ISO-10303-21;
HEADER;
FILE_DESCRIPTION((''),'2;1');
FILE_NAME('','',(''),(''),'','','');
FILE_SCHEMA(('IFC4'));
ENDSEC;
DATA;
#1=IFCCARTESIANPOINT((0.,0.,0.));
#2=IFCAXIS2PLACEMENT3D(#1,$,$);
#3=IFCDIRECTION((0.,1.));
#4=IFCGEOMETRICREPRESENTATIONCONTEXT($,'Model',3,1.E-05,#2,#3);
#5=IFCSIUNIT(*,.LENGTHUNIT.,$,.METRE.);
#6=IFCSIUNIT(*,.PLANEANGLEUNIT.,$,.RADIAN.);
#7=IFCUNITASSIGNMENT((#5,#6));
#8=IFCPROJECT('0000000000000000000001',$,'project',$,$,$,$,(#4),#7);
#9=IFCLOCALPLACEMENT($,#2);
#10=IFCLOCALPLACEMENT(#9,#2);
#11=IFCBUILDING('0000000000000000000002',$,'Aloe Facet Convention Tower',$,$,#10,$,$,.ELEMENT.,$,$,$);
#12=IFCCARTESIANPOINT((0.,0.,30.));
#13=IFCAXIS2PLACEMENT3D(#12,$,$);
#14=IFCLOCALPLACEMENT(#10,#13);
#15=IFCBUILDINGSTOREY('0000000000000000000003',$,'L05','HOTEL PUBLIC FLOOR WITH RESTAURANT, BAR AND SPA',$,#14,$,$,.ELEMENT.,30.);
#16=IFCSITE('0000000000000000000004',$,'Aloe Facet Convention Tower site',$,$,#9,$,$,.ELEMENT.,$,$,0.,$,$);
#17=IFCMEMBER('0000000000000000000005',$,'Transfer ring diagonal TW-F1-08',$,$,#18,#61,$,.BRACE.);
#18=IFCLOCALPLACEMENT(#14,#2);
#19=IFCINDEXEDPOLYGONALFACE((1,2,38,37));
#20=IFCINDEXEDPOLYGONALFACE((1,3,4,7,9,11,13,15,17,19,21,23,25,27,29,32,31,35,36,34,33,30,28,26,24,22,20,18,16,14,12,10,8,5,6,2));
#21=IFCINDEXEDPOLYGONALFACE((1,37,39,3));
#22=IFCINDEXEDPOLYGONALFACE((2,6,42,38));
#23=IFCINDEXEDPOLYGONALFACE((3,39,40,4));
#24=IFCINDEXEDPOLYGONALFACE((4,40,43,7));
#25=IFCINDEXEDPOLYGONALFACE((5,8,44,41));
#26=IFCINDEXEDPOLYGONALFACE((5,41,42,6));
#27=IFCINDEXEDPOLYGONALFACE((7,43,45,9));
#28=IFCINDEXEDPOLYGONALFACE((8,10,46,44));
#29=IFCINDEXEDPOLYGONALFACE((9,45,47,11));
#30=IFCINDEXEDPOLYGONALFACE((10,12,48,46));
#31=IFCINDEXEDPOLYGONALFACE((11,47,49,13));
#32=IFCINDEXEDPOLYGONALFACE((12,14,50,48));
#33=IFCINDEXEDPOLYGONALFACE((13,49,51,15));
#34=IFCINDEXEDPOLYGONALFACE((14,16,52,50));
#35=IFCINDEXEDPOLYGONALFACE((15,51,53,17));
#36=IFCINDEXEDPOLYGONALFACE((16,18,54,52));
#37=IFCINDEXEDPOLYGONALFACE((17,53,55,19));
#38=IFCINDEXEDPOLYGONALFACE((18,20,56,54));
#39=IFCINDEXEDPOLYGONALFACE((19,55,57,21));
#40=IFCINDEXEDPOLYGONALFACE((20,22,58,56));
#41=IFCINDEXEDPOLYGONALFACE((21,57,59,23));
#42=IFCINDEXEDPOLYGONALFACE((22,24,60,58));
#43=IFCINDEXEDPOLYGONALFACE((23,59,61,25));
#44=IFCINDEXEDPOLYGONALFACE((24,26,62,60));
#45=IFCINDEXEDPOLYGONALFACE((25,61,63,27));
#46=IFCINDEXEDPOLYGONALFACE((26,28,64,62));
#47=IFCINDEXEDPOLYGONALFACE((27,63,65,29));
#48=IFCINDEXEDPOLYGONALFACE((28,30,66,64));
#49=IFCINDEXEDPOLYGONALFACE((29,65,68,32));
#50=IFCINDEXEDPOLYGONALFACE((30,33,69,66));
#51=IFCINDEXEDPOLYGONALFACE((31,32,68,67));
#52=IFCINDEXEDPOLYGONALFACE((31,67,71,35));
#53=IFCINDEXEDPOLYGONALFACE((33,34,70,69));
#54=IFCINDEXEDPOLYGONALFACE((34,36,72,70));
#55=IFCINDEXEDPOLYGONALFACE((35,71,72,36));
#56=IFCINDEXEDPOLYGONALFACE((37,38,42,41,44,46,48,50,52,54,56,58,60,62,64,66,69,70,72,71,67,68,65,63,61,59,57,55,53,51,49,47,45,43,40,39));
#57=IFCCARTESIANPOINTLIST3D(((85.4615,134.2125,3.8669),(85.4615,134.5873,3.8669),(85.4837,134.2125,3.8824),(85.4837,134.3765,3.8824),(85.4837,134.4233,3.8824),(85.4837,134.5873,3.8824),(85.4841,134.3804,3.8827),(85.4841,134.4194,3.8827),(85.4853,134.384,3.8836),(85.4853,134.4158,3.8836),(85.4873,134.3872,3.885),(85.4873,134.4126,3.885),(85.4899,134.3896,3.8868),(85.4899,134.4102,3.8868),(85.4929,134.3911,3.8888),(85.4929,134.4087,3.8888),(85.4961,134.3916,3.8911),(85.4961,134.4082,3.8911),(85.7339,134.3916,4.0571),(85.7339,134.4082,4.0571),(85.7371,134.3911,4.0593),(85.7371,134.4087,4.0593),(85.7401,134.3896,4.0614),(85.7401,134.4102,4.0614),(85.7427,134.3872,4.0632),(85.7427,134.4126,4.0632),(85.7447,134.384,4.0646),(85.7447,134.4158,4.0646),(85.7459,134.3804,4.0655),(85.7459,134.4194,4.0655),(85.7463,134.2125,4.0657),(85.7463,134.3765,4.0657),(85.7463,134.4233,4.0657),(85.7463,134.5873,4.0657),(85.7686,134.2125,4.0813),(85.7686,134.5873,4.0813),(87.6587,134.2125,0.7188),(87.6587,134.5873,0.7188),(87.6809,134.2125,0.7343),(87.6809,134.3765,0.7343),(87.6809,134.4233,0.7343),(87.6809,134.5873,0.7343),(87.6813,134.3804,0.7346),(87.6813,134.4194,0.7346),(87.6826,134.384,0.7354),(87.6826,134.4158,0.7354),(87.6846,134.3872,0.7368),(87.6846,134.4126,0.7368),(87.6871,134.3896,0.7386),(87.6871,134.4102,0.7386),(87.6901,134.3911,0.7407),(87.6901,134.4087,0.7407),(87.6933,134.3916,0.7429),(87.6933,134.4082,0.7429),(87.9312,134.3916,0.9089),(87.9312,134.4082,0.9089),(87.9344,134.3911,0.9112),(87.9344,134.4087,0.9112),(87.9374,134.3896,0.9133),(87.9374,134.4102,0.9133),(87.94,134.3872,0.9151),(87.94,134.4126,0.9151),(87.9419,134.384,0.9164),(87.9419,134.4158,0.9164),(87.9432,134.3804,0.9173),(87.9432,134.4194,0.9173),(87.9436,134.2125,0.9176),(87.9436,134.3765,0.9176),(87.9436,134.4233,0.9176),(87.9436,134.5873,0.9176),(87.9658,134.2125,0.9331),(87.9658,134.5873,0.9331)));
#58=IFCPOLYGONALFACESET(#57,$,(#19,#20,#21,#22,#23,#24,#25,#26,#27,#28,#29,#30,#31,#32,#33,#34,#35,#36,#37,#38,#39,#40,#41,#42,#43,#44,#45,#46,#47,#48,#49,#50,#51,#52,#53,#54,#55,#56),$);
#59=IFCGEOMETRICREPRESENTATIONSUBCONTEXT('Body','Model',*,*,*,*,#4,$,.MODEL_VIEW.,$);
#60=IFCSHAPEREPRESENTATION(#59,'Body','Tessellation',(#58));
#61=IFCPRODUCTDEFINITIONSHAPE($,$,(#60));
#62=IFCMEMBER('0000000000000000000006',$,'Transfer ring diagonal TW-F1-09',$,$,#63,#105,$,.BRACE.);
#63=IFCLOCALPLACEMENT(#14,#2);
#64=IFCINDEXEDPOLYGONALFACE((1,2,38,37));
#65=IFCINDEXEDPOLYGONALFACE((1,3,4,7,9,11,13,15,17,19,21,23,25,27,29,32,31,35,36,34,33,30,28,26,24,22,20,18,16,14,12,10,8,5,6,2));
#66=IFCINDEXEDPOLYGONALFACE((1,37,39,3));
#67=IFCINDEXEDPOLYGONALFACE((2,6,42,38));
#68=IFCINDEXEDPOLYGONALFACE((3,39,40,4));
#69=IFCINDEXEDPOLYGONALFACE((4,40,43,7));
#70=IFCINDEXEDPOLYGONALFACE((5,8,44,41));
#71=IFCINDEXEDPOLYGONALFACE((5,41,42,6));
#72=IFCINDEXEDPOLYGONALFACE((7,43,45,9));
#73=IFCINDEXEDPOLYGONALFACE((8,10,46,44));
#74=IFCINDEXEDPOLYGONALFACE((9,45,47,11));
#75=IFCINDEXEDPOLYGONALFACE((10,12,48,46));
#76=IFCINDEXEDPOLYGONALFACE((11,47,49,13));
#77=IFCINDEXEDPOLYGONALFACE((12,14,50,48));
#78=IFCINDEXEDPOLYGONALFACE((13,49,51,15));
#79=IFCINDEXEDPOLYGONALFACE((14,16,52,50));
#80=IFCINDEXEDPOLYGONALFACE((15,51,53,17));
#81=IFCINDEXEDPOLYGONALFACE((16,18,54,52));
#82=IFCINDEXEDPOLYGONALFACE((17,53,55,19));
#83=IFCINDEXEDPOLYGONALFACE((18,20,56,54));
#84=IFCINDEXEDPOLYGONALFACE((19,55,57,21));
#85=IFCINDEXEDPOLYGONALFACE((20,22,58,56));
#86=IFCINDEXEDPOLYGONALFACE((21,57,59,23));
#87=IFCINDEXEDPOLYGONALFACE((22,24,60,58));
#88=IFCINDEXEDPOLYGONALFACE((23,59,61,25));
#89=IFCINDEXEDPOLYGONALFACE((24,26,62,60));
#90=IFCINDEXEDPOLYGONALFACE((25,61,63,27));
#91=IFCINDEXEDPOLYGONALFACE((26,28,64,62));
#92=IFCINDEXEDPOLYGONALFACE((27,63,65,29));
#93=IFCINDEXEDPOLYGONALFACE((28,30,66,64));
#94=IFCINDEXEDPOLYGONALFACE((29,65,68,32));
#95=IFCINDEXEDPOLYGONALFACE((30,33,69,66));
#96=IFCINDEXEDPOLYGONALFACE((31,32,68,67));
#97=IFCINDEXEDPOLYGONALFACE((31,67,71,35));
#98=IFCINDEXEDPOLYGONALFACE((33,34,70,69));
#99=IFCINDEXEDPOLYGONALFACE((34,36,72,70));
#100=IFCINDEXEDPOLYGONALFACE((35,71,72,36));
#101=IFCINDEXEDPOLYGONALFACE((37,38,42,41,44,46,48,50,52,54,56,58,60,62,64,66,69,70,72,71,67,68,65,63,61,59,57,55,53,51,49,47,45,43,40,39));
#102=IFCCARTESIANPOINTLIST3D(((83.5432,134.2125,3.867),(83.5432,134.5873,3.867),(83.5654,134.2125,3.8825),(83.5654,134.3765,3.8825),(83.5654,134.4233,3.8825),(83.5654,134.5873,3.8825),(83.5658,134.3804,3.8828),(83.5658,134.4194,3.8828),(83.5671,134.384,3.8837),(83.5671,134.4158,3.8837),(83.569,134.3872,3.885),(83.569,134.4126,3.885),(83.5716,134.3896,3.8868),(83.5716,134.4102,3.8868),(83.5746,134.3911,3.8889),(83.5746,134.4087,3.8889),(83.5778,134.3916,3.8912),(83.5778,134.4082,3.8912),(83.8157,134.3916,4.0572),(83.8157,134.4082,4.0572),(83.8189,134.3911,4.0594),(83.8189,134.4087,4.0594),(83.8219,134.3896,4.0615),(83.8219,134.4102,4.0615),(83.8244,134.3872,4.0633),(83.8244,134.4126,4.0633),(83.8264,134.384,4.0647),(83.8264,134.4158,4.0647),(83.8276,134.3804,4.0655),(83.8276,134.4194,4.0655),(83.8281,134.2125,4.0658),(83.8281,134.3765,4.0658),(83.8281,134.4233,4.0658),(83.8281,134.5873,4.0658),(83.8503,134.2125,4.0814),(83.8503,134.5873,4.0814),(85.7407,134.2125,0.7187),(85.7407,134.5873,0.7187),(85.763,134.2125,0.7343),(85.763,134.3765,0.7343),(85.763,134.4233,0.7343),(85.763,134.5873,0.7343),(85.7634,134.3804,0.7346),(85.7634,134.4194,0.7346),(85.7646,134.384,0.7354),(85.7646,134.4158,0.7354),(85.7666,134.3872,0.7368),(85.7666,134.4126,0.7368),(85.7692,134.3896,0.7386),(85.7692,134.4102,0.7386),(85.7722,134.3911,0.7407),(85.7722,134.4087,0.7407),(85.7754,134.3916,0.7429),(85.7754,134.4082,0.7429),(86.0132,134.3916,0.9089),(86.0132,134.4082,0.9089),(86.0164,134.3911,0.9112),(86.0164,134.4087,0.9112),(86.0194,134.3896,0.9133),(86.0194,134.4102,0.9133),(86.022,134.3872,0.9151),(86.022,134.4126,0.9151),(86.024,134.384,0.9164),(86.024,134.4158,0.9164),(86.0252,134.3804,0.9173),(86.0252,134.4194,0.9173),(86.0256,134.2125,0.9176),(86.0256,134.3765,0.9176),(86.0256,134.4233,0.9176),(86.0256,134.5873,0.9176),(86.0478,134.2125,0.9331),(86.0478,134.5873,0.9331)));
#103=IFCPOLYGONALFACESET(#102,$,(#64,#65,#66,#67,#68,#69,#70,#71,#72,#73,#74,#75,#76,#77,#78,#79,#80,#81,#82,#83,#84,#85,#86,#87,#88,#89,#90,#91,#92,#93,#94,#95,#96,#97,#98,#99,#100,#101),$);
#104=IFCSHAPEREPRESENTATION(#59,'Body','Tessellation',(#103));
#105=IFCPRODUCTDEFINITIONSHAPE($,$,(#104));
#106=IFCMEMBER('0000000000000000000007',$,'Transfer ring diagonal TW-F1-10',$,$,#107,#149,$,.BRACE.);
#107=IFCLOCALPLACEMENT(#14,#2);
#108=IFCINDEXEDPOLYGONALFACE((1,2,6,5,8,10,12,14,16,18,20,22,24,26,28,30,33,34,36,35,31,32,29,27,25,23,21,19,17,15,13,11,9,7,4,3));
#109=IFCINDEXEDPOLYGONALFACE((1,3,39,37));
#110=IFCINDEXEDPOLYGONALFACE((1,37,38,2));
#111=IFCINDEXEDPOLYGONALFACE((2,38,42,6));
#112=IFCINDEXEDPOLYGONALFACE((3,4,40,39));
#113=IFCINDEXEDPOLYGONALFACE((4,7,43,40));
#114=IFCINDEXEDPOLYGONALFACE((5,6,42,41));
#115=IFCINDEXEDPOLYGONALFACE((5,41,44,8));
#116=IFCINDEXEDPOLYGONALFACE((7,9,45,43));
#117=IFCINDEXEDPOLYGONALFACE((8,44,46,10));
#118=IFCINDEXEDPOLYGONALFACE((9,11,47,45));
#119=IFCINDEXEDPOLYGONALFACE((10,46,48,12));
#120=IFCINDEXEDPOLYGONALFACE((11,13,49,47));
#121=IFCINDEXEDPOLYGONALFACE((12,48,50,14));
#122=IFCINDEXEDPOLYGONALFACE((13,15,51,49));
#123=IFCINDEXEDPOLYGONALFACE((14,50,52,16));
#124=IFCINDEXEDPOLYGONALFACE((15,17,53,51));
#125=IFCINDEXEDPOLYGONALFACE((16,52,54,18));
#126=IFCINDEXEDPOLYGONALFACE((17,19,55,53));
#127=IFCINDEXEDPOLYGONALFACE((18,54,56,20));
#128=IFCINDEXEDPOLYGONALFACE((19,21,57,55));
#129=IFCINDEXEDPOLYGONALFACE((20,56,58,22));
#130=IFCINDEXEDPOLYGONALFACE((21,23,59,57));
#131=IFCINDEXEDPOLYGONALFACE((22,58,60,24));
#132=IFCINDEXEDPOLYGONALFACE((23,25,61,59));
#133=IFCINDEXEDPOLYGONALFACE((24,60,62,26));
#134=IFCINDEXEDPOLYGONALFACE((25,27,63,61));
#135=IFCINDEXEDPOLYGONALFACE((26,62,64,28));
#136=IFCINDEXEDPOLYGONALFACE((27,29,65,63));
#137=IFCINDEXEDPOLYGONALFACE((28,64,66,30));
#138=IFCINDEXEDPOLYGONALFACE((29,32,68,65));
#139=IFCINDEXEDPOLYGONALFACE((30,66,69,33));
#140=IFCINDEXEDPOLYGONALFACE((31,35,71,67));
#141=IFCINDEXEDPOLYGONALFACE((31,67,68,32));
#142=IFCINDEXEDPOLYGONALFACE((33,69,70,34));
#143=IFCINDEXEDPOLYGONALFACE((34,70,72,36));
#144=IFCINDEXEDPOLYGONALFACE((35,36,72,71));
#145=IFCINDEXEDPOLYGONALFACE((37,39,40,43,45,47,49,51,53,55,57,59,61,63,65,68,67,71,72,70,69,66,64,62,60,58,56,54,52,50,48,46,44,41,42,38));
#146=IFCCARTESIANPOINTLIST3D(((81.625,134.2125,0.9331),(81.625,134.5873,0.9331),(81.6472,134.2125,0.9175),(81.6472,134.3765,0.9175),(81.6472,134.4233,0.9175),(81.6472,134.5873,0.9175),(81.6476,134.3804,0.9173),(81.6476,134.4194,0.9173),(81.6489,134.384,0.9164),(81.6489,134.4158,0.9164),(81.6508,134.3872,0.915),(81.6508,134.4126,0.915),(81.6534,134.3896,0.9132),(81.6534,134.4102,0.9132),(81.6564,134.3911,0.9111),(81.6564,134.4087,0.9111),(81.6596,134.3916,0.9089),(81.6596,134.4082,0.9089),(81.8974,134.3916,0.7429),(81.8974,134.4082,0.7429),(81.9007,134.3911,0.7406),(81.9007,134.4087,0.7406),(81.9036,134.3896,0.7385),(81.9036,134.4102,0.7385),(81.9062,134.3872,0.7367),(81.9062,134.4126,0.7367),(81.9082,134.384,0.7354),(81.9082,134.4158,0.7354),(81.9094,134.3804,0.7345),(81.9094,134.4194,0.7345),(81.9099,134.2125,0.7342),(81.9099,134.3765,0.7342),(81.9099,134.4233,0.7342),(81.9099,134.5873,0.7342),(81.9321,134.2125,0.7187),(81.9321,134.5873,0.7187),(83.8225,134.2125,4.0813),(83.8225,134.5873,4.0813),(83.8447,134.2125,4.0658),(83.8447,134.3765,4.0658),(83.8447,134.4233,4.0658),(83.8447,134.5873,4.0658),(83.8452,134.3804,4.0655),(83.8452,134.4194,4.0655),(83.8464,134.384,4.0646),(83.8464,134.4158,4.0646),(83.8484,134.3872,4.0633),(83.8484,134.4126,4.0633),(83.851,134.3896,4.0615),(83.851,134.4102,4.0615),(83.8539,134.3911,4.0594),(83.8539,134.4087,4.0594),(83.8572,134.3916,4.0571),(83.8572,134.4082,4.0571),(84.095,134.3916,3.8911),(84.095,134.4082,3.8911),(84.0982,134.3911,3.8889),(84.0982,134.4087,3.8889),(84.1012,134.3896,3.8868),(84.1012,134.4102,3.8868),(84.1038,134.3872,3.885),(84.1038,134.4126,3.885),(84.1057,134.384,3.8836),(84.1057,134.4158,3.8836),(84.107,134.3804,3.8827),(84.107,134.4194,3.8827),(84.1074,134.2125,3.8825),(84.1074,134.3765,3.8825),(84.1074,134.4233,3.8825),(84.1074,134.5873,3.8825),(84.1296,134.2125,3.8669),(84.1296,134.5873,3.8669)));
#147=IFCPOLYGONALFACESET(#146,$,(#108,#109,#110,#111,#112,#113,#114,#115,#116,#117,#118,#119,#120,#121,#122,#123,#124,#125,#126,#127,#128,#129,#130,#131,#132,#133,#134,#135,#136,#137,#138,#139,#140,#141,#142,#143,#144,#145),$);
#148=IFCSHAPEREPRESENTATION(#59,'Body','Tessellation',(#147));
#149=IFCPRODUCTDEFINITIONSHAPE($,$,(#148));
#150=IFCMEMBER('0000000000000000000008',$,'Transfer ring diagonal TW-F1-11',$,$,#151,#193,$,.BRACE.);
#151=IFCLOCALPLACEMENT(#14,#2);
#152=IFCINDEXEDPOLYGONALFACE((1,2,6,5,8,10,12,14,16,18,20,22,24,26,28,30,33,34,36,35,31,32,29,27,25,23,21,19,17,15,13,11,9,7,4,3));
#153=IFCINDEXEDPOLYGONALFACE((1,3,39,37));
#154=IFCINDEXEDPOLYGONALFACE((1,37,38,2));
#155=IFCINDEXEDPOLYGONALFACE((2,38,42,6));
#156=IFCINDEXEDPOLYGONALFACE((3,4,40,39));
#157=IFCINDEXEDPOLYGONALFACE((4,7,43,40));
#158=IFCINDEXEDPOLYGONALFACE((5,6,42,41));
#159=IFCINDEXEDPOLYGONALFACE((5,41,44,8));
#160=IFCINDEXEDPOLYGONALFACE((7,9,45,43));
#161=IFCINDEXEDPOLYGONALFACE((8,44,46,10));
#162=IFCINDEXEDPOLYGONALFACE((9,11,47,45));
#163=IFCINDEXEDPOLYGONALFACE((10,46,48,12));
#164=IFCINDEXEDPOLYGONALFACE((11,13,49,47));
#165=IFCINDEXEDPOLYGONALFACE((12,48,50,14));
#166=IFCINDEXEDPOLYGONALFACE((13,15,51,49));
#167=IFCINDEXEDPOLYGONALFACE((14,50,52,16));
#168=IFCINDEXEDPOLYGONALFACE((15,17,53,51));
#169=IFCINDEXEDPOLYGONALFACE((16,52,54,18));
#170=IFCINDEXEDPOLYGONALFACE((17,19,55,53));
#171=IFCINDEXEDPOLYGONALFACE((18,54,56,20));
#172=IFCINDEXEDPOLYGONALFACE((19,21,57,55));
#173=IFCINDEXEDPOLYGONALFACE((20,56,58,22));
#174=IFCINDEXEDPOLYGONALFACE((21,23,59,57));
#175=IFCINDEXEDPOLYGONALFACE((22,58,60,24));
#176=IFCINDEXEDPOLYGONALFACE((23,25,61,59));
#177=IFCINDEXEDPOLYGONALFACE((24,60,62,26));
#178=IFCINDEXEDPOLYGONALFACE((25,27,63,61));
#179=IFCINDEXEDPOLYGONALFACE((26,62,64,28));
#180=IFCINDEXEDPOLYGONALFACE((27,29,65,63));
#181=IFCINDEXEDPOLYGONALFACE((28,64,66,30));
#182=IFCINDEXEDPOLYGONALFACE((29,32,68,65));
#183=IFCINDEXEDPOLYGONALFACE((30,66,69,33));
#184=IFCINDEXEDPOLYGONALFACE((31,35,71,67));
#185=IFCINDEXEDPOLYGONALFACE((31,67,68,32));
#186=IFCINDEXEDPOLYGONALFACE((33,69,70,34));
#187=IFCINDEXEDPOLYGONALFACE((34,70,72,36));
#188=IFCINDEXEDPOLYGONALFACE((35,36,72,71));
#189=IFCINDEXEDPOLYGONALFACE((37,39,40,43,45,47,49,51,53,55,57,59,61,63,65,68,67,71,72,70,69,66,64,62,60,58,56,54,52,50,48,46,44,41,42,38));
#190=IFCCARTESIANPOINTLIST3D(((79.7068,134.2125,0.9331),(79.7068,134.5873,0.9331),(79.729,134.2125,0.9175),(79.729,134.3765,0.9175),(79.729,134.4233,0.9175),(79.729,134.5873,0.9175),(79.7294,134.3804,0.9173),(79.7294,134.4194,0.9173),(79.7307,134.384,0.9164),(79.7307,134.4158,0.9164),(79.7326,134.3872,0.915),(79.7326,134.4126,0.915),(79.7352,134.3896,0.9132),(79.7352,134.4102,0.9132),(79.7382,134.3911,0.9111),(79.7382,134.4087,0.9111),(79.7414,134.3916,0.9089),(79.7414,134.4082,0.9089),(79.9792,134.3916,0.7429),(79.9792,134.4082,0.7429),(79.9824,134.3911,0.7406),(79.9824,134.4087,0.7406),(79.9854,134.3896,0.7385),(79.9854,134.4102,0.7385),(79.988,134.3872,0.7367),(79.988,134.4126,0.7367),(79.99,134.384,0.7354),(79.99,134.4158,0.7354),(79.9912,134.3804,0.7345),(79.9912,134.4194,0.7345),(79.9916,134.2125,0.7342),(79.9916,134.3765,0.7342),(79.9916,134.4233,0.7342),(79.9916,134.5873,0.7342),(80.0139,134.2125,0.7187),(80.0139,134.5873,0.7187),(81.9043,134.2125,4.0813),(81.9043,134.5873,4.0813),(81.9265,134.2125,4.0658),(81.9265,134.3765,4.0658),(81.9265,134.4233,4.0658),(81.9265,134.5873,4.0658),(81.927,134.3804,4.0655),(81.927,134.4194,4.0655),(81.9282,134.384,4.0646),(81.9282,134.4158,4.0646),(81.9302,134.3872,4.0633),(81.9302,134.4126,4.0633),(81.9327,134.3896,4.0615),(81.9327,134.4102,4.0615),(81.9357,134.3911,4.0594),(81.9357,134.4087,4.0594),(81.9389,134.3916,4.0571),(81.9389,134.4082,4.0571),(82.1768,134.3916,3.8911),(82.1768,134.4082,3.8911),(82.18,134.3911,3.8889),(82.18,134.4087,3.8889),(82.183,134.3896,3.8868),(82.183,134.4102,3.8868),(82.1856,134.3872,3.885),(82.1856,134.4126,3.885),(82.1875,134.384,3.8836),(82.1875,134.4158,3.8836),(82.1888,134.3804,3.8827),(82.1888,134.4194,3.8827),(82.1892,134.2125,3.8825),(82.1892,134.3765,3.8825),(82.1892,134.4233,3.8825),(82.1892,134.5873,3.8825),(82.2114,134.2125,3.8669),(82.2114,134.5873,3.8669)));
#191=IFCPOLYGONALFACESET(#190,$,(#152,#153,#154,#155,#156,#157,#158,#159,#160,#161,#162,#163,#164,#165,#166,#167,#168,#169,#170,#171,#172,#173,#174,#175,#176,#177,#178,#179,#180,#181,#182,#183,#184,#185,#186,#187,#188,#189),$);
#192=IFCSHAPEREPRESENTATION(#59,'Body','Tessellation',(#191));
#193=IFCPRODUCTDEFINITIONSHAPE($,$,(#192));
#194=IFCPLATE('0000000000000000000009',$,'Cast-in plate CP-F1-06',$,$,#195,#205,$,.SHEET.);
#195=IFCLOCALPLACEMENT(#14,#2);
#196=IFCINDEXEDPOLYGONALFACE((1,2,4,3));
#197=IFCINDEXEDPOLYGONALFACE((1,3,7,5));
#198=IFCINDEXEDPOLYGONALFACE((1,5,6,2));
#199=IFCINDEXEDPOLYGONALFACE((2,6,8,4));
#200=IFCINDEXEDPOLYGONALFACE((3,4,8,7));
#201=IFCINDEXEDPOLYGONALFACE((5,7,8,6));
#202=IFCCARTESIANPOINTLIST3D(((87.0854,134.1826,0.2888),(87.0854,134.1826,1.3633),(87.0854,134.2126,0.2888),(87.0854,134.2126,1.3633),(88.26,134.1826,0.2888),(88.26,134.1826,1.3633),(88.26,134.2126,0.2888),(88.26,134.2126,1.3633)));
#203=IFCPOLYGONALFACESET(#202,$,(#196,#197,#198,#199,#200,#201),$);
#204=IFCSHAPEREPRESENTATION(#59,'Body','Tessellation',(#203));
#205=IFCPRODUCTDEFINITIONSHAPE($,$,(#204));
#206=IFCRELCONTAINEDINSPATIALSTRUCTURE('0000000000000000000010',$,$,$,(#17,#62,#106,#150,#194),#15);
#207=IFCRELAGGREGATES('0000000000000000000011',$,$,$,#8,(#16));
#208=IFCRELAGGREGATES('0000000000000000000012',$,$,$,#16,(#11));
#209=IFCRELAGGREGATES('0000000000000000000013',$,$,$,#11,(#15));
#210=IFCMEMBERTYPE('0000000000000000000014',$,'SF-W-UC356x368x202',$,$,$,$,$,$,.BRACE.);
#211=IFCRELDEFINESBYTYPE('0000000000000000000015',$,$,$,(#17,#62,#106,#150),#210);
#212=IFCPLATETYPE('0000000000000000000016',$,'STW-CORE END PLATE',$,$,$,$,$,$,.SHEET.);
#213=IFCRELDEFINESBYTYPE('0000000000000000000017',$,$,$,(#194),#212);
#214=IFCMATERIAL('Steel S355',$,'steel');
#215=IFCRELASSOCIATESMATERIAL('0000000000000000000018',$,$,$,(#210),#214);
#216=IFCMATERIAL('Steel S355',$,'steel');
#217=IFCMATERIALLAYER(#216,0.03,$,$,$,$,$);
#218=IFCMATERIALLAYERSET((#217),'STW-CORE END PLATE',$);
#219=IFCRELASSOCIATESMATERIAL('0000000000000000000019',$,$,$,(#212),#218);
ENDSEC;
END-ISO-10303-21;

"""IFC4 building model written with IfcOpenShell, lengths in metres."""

from ifc_helpers import new_model, si_unit, direction, frame, origin, origin_2d, place, context, subcontext, project, spatial, polyline, i_section, outline, extrude, material, layer, layer_set, material_profile, profile_set, type_object, element, save


model = new_model("IFC4")

# Units and contexts
model_context = context("Model", 3, precision=1e-05, world=origin(), true_north=direction((0.0, 1.0)))
body_context = subcontext(model_context, "Body", "Model", "MODEL_VIEW")
ifc_project = project(units=[si_unit("LENGTHUNIT", "METRE"), si_unit("PLANEANGLEUNIT", "RADIAN")], contexts=[model_context])

# Site, building, storey
site_placement = place(None, origin())
site = spatial("IfcSite", under=ifc_project, at=site_placement, Name="Aloe Facet Convention Tower site", CompositionType="ELEMENT", RefElevation=0.0)
building_placement = place(site_placement, origin())
building = spatial("IfcBuilding", under=site, at=building_placement, Name="Aloe Facet Convention Tower", CompositionType="ELEMENT")
storey_placement = place(building_placement, frame((0.0, 0.0, 30.0)))
storey = spatial("IfcBuildingStorey", under=building, at=storey_placement, Name="L05", Description="HOTEL PUBLIC FLOOR WITH RESTAURANT, BAR AND SPA", CompositionType="ELEMENT", Elevation=30.0)

# Members
ifc_material_1 = material(Name="Steel S355", Category="steel")
ifc_material_profile = material_profile(ifc_material_1, i_section(OverallWidth=0.3748, OverallDepth=0.3745, WebThickness=0.0166, FlangeThickness=0.0271, FilletRadius=0.0151, at=origin_2d()), Name="UC 356x368x202")
ifc_profile_set = profile_set([ifc_material_profile], Name="Steel S355")
member_type = type_object("IfcMemberType", Name="SF-W-UC356x368x202", PredefinedType="BRACE", material=ifc_profile_set)
member_placement = place(storey_placement, frame((87.8123, 134.3999, 0.8259), z_axis=(-0.572331, 0.0, 0.820023), x_axis=(0.0, -1.0, 0.0)))
element("IfcMember", 1, at=member_placement, inside=storey, type_object=member_type, Name="Transfer ring diagonal TW-F1-08", PredefinedType="BRACE", context=body_context, shape_type="SweptSolid", body=[
    extrude(i_section(OverallWidth=0.3748, OverallDepth=0.3745, WebThickness=0.0166, FlangeThickness=0.0271, FilletRadius=0.0151, at=origin_2d()), origin(), (0.0, 0.0, 1.0), 3.8391),
])
for number, where, z_axis, x_axis, name in (
    (2, (85.8943, 134.3999, 0.8259), (-0.572374, 0.0, 0.819993), (0.0, -1.0, 0.0), "Transfer ring diagonal TW-F1-09"),
    (3, (83.9761, 134.3999, 3.9741), (-0.572374, 0.0, -0.819993), (0.0, -1.0, 0.0), "Transfer ring diagonal TW-F1-10"),
    (4, (82.0579, 134.3999, 3.9741), (-0.572374, 0.0, -0.819993), (0.0, -1.0, 0.0), "Transfer ring diagonal TW-F1-11"),
):
    element("IfcMember", number, at=place(storey_placement, frame(where, z_axis=z_axis, x_axis=x_axis)), inside=storey, type_object=member_type, Name=name, PredefinedType="BRACE", context=body_context, shape_type="SweptSolid", body=[
        extrude(i_section(OverallWidth=0.3748, OverallDepth=0.3745, WebThickness=0.0166, FlangeThickness=0.0271, FilletRadius=0.0151, at=origin_2d()), origin(), (0.0, 0.0, 1.0), 3.8394),
    ])

# Plate
ifc_material_2 = material(Name="Steel S355", Category="steel")
ifc_layer_1 = layer(ifc_material_2, 0.03)
ifc_layer_set_1 = layer_set([ifc_layer_1], Name="STW-CORE END PLATE")
plate_type = type_object("IfcPlateType", Name="STW-CORE END PLATE", PredefinedType="SHEET", material=ifc_layer_set_1)
for number, where, z_axis, x_axis, name in (
    (5, (88.26, 134.2126, 0.2888), (0.0, 1.0, 0.0), (-1.0, 0.0, 0.0), "Cast-in plate CP-F1-06"),
):
    element("IfcPlate", number, at=place(storey_placement, frame(where, z_axis=z_axis, x_axis=x_axis)), inside=storey, type_object=plate_type, Name=name, PredefinedType="SHEET", context=body_context, shape_type="SweptSolid", body=[
        extrude(outline(polyline([(0.0, 0.0), (1.1746, 0.0), (1.1746, 1.0745), (0.0, 1.0745), (0.0, 0.0)])), origin(), (0.0, 0.0, -1.0), 0.03),
    ])

save(model, "model.ifc")
